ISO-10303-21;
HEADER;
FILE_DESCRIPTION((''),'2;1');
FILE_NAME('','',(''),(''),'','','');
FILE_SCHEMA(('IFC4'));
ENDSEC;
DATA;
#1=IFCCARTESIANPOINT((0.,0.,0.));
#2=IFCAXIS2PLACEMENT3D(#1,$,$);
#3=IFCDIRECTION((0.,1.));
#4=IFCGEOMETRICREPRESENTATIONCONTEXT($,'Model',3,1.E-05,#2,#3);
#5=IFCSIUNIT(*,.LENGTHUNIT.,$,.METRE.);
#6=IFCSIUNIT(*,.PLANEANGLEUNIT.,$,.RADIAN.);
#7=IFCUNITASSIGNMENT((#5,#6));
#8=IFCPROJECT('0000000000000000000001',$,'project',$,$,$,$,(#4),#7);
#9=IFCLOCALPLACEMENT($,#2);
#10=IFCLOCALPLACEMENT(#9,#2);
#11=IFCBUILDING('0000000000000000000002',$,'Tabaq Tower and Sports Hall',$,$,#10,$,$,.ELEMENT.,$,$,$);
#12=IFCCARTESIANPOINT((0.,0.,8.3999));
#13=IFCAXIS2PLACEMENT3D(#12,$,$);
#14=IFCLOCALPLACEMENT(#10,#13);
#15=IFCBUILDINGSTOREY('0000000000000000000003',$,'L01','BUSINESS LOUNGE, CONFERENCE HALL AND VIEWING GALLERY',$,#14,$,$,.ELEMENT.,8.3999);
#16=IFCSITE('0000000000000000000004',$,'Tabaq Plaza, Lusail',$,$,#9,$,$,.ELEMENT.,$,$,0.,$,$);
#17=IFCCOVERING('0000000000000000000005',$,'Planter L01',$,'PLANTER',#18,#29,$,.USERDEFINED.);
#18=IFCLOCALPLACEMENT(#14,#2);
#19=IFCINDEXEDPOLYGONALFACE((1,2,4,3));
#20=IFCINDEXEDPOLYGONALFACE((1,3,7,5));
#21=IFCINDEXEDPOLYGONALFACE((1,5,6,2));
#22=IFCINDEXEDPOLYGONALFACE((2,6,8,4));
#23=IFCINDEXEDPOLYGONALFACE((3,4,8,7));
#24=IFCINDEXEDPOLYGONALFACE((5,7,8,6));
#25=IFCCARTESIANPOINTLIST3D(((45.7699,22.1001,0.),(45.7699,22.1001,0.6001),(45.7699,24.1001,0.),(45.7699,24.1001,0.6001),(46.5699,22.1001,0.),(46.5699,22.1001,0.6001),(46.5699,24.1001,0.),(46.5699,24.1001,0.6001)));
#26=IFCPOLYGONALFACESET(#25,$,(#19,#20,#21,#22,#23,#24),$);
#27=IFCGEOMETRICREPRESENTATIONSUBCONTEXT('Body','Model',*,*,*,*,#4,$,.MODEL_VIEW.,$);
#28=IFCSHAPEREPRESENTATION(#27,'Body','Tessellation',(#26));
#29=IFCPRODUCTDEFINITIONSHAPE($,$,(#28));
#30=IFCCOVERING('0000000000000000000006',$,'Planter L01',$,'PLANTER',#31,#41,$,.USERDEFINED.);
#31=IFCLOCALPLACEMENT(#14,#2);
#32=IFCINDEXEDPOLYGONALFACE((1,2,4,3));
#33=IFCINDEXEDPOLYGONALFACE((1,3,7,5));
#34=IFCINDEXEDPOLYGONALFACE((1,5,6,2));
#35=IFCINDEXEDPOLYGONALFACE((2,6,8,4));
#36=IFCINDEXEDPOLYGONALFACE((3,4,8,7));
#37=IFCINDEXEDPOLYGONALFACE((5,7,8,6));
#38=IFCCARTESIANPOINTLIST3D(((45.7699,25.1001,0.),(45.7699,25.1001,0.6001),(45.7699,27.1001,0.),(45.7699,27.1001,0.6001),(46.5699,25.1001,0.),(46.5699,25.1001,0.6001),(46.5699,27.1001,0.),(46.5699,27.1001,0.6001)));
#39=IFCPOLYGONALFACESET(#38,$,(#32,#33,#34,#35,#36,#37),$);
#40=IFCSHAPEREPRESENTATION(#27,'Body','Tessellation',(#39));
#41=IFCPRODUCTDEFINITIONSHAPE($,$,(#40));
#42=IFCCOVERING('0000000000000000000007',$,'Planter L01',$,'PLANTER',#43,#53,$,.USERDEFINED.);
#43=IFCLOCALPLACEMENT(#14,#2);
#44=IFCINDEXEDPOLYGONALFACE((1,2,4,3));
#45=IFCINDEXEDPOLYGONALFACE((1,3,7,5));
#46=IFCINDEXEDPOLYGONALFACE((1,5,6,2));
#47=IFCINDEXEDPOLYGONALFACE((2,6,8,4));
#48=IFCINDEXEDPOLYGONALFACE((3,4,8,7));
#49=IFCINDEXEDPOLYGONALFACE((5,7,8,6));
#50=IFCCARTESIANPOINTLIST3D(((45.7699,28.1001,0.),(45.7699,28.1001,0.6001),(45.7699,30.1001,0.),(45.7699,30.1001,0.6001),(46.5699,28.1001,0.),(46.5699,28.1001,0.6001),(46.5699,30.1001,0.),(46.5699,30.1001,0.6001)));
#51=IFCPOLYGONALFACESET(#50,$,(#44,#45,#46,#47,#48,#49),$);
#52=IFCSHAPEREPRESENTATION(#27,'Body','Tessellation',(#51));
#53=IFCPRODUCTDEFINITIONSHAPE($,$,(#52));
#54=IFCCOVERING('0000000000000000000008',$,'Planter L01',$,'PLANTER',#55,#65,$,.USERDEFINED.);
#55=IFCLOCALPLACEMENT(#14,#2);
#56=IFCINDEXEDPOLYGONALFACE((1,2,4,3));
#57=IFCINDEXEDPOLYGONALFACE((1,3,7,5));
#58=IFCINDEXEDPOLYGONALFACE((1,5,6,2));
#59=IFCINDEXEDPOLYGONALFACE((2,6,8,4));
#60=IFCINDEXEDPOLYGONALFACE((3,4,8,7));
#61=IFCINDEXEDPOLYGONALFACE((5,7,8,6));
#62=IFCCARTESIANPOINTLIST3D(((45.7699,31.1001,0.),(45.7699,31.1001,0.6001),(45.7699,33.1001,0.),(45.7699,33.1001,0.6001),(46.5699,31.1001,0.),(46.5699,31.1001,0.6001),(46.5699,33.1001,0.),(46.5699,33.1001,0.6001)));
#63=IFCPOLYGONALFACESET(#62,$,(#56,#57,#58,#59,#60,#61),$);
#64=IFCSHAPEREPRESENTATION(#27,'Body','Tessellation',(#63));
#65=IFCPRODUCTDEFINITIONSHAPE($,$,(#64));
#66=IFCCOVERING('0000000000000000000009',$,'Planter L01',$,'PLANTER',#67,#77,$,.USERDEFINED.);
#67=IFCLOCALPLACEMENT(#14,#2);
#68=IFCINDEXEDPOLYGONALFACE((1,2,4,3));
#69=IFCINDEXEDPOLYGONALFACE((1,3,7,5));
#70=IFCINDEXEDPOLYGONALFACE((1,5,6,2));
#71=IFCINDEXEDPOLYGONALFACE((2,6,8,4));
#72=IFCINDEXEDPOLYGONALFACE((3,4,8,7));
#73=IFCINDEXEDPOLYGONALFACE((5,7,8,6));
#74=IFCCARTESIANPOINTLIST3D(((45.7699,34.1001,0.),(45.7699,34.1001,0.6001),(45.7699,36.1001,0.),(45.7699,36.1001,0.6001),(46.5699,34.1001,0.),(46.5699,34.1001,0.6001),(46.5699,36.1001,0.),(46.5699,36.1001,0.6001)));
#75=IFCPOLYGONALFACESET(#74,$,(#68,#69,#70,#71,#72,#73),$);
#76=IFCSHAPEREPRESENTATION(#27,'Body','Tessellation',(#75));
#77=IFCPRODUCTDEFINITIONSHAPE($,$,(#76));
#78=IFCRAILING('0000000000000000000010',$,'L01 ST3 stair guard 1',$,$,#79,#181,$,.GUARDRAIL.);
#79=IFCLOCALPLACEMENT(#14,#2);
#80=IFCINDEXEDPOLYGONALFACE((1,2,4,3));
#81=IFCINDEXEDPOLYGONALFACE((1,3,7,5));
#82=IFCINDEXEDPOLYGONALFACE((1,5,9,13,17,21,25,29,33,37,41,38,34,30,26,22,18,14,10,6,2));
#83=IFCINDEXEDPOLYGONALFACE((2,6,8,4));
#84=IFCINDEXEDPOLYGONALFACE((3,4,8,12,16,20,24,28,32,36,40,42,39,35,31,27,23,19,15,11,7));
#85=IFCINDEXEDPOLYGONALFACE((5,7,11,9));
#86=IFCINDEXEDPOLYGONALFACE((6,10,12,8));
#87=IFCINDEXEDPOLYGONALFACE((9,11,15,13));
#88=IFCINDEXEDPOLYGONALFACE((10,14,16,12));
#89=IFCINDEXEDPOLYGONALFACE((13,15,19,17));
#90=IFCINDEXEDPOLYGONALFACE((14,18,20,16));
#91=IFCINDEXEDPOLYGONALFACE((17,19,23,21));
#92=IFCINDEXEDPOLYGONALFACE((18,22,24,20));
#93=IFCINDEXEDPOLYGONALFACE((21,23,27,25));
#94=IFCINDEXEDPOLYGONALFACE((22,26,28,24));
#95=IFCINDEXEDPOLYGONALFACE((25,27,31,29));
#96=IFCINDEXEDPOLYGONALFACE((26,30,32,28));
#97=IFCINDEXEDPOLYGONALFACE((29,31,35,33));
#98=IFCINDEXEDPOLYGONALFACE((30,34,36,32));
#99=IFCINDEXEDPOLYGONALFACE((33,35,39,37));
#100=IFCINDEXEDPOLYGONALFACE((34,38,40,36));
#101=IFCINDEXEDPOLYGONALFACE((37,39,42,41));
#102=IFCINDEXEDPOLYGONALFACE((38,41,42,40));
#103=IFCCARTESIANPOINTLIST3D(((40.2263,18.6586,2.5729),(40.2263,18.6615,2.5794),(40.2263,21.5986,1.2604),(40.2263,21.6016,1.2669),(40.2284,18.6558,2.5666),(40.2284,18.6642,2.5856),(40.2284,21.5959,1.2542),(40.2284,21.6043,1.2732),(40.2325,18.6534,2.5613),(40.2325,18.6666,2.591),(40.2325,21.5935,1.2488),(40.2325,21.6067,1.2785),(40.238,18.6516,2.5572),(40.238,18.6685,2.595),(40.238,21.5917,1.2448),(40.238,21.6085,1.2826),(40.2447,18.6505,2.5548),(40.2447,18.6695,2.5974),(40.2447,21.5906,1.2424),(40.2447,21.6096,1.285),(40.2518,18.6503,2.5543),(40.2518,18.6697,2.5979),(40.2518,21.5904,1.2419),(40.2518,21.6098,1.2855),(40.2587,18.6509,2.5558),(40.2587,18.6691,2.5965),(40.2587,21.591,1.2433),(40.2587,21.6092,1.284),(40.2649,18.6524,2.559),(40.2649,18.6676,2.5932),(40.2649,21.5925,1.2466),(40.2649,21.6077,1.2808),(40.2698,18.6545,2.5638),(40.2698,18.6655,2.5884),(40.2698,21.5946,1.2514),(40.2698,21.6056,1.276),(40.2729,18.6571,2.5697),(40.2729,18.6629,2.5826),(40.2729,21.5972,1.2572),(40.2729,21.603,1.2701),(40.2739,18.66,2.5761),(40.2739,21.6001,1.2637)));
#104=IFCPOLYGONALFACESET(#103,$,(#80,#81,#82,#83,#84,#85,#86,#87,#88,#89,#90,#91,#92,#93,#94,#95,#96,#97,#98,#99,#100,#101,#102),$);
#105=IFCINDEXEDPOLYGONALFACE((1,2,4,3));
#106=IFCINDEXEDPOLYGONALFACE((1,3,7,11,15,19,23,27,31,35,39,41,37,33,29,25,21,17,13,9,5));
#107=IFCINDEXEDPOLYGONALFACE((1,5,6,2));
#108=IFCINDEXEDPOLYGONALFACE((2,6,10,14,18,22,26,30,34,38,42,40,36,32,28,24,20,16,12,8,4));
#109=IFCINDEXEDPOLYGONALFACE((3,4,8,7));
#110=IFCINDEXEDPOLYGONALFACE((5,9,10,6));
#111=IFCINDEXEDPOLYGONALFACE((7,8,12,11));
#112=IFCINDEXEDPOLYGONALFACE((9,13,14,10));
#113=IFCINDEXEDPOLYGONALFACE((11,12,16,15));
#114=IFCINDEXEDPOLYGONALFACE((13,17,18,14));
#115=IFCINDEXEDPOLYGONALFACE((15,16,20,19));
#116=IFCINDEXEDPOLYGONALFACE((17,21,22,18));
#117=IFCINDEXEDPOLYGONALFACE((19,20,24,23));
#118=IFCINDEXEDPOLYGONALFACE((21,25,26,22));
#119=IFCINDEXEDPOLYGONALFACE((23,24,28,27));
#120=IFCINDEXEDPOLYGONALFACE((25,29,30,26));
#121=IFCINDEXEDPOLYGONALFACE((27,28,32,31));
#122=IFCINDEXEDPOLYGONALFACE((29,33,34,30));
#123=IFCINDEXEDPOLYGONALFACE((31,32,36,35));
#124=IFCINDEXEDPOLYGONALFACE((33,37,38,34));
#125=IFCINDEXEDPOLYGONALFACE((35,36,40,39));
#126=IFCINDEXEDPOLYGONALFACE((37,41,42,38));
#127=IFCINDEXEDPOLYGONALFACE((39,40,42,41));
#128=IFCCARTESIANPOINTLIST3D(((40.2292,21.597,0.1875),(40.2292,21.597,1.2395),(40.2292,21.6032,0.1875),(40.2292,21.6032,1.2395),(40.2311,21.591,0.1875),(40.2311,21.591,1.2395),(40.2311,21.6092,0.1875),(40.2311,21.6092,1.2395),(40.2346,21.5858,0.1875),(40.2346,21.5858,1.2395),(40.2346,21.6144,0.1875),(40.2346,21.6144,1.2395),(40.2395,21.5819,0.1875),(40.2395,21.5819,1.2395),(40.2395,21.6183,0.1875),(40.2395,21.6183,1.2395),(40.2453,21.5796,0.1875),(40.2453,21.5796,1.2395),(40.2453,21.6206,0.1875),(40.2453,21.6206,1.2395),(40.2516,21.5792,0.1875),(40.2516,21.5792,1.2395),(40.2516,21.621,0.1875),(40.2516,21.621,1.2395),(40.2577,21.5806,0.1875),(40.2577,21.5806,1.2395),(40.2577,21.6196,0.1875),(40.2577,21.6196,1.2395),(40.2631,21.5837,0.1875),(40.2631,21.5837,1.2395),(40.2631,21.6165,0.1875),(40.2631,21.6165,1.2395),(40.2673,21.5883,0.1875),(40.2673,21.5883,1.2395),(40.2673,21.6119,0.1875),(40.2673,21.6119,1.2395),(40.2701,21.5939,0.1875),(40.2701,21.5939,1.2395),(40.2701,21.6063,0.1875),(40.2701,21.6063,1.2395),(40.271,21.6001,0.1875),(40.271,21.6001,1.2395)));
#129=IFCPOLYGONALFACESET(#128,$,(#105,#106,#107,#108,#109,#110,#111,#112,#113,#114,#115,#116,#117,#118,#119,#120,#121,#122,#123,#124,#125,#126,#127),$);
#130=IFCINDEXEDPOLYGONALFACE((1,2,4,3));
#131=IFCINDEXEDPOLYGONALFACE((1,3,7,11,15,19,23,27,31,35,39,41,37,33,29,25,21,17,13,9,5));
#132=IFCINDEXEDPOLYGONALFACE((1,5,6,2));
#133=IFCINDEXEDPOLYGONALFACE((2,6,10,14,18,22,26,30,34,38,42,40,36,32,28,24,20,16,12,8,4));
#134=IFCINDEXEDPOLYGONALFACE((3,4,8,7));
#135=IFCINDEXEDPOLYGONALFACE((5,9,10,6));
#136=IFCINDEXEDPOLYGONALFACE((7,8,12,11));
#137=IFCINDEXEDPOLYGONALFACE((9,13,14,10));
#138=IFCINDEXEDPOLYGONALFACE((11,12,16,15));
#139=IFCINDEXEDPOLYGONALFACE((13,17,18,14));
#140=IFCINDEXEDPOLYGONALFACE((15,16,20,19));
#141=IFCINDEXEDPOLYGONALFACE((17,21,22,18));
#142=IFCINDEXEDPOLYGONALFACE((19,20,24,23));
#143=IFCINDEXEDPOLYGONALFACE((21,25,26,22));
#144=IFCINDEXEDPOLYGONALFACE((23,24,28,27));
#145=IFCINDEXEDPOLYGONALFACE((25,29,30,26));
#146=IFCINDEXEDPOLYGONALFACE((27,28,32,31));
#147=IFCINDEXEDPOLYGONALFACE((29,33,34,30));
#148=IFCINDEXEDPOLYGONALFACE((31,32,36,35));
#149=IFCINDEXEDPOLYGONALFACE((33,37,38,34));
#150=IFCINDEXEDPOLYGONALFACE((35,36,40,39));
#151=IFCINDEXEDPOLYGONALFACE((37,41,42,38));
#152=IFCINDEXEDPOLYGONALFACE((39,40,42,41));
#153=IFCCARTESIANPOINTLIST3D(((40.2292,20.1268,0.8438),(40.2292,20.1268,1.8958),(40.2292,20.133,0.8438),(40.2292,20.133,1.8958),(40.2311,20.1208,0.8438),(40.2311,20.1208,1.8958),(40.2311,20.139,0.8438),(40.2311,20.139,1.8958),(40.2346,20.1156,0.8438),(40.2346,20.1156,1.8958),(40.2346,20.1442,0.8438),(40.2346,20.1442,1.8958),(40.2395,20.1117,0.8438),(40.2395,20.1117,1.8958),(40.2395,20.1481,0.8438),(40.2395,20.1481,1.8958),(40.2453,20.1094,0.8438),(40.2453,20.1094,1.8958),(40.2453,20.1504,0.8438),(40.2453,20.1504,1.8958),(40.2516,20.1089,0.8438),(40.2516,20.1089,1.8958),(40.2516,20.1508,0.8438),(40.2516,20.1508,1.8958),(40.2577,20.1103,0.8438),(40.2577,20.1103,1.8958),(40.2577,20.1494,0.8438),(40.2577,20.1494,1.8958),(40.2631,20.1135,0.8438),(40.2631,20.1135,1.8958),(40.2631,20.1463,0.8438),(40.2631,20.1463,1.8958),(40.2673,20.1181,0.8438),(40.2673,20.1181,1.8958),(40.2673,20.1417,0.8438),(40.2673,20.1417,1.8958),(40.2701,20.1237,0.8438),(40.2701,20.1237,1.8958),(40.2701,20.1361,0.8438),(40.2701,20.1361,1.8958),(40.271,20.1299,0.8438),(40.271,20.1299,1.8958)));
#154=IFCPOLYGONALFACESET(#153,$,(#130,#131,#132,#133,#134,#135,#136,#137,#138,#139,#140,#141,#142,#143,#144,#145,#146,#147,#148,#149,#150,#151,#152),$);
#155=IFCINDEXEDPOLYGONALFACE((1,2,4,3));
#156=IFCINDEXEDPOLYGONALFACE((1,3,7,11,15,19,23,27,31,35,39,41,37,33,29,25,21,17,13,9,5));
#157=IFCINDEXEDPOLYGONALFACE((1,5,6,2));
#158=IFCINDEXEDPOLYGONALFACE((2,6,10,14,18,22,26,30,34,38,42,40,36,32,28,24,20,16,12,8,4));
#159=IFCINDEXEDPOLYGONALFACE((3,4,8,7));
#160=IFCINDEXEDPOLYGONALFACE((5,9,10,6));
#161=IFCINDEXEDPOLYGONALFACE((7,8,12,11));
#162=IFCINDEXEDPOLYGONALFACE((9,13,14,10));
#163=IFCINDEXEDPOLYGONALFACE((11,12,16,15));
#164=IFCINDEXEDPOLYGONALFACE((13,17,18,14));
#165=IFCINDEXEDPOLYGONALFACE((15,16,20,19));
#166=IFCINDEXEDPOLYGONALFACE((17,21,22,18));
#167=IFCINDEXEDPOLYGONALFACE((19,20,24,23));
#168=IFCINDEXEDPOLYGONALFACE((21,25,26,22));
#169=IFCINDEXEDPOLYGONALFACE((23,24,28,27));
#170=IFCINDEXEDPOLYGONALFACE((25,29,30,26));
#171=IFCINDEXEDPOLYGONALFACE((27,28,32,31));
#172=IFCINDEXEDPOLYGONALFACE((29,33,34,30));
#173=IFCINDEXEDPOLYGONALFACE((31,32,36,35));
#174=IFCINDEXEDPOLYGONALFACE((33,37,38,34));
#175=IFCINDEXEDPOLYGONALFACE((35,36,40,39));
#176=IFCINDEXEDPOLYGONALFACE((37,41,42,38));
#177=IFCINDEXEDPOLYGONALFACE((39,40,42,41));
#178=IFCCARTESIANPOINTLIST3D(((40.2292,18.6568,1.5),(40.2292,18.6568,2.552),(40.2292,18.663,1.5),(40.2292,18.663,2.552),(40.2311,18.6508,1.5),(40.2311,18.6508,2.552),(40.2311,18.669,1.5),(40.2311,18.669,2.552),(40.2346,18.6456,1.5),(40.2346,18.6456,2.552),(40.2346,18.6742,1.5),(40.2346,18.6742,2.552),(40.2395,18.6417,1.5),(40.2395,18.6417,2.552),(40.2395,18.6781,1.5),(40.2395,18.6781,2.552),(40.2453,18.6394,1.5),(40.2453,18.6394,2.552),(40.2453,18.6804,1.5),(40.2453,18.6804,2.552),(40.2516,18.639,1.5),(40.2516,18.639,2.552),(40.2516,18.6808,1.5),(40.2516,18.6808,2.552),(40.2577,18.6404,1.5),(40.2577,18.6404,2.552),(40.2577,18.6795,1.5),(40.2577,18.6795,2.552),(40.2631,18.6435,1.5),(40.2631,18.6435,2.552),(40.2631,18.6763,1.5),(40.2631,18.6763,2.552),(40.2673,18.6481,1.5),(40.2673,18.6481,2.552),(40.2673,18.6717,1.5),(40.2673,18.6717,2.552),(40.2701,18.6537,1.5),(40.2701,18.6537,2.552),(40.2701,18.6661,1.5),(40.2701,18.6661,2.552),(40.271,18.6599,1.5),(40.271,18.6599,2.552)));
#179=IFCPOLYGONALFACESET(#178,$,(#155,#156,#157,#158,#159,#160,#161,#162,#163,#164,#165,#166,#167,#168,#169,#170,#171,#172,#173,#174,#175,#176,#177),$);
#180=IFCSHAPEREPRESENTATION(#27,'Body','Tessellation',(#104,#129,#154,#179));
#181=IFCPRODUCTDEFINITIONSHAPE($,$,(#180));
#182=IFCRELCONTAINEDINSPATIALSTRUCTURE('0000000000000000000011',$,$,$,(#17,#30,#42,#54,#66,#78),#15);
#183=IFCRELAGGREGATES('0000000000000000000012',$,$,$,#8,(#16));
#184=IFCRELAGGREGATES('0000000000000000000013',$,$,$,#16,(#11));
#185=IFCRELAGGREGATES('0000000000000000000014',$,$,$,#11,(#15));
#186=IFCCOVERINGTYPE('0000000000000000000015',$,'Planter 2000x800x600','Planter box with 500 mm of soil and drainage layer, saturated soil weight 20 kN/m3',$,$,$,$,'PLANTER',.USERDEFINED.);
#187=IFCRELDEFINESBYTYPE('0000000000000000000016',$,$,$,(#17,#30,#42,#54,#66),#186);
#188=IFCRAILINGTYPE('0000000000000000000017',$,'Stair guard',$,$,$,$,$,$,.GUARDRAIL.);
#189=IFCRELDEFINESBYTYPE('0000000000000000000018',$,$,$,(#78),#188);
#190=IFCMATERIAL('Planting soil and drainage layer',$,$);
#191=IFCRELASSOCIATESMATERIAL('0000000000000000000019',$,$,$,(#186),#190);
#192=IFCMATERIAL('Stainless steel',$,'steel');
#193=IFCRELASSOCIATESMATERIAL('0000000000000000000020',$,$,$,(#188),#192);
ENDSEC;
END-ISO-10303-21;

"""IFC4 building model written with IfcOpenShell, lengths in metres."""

from ifc_helpers import new_model, si_unit, direction, frame, origin, origin_2d, place, context, subcontext, project, spatial, rectangle, circle, extrude, material, type_object, element, save


model = new_model("IFC4")

# Units and contexts
model_context = context("Model", 3, precision=1e-05, world=origin(), true_north=direction((0.0, 1.0)))
body_context = subcontext(model_context, "Body", "Model", "MODEL_VIEW")
ifc_project = project(units=[si_unit("LENGTHUNIT", "METRE"), si_unit("PLANEANGLEUNIT", "RADIAN")], contexts=[model_context])

# Site, building, storey
site_placement = place(None, origin())
site = spatial("IfcSite", under=ifc_project, at=site_placement, Name="Tabaq Plaza, Lusail", CompositionType="ELEMENT", RefElevation=0.0)
building_placement = place(site_placement, origin())
building = spatial("IfcBuilding", under=site, at=building_placement, Name="Tabaq Tower and Sports Hall", CompositionType="ELEMENT")
storey_placement = place(building_placement, frame((0.0, 0.0, 8.3999)))
storey = spatial("IfcBuildingStorey", under=building, at=storey_placement, Name="L01", Description="BUSINESS LOUNGE, CONFERENCE HALL AND VIEWING GALLERY", CompositionType="ELEMENT", Elevation=8.3999)

# Coverings
ifc_material_1 = material(Name="Planting soil and drainage layer")
covering_type_1 = type_object("IfcCoveringType", Name="Planter 2000x800x600", Description="Planter box with 500 mm of soil and drainage layer, saturated soil weight 20 kN/m3", ElementType="PLANTER", PredefinedType="USERDEFINED", material=ifc_material_1)
for number, where, z_axis, x_axis, name in (
    (1, (46.1699, 23.1001, 0.0), (0.0, 0.0, 1.0), (0.0, 1.0, 0.0), "Planter L01"),
    (2, (46.1699, 26.1001, 0.0), (0.0, 0.0, 1.0), (0.0, 1.0, 0.0), "Planter L01"),
    (3, (46.1699, 29.1001, 0.0), (0.0, 0.0, 1.0), (0.0, 1.0, 0.0), "Planter L01"),
    (4, (46.1699, 32.1001, 0.0), (0.0, 0.0, 1.0), (0.0, 1.0, 0.0), "Planter L01"),
    (5, (46.1699, 35.1001, 0.0), (0.0, 0.0, 1.0), (0.0, 1.0, 0.0), "Planter L01"),
):
    element("IfcCovering", number, at=place(storey_placement, frame(where, z_axis=z_axis, x_axis=x_axis)), inside=storey, type_object=covering_type_1, Name=name, ObjectType="PLANTER", PredefinedType="USERDEFINED", context=body_context, shape_type="SweptSolid", body=[
        extrude(rectangle(XDim=2.0, YDim=0.8, at=origin_2d()), origin(), (0.0, 0.0, 1.0), 0.6001),
    ])

# Railing
ifc_material_2 = material(Name="Stainless steel", Category="steel")
railing_type = type_object("IfcRailingType", Name="Stair guard", PredefinedType="GUARDRAIL", material=ifc_material_2)
railing_1_placement = place(storey_placement, frame((40.25, 21.6001, 0.1875)))
element("IfcRailing", 6, at=railing_1_placement, inside=storey, type_object=railing_type, Name="L01 ST3 stair guard 1", PredefinedType="GUARDRAIL", context=body_context, shape_type="SweptSolid", body=[
    extrude(circle(Radius=0.0239, at=origin_2d()), frame((0.0, 0.0, 1.0762), z_axis=(0.0, -0.913147, 0.407629), x_axis=(1.0, 0.0, 0.0)), (0.0, 0.0, 1.0), 3.2197),
    extrude(circle(Radius=0.021, at=origin_2d()), origin(), (0.0, 0.0, 1.0), 1.052),
    extrude(circle(Radius=0.021, at=origin_2d()), frame((0.0, -1.4702, 0.6562)), (0.0, 0.0, 1.0), 1.052),
    extrude(circle(Radius=0.021, at=origin_2d()), frame((0.0, -2.9402, 1.3125)), (0.0, 0.0, 1.0), 1.052),
])

save(model, "model.ifc")
